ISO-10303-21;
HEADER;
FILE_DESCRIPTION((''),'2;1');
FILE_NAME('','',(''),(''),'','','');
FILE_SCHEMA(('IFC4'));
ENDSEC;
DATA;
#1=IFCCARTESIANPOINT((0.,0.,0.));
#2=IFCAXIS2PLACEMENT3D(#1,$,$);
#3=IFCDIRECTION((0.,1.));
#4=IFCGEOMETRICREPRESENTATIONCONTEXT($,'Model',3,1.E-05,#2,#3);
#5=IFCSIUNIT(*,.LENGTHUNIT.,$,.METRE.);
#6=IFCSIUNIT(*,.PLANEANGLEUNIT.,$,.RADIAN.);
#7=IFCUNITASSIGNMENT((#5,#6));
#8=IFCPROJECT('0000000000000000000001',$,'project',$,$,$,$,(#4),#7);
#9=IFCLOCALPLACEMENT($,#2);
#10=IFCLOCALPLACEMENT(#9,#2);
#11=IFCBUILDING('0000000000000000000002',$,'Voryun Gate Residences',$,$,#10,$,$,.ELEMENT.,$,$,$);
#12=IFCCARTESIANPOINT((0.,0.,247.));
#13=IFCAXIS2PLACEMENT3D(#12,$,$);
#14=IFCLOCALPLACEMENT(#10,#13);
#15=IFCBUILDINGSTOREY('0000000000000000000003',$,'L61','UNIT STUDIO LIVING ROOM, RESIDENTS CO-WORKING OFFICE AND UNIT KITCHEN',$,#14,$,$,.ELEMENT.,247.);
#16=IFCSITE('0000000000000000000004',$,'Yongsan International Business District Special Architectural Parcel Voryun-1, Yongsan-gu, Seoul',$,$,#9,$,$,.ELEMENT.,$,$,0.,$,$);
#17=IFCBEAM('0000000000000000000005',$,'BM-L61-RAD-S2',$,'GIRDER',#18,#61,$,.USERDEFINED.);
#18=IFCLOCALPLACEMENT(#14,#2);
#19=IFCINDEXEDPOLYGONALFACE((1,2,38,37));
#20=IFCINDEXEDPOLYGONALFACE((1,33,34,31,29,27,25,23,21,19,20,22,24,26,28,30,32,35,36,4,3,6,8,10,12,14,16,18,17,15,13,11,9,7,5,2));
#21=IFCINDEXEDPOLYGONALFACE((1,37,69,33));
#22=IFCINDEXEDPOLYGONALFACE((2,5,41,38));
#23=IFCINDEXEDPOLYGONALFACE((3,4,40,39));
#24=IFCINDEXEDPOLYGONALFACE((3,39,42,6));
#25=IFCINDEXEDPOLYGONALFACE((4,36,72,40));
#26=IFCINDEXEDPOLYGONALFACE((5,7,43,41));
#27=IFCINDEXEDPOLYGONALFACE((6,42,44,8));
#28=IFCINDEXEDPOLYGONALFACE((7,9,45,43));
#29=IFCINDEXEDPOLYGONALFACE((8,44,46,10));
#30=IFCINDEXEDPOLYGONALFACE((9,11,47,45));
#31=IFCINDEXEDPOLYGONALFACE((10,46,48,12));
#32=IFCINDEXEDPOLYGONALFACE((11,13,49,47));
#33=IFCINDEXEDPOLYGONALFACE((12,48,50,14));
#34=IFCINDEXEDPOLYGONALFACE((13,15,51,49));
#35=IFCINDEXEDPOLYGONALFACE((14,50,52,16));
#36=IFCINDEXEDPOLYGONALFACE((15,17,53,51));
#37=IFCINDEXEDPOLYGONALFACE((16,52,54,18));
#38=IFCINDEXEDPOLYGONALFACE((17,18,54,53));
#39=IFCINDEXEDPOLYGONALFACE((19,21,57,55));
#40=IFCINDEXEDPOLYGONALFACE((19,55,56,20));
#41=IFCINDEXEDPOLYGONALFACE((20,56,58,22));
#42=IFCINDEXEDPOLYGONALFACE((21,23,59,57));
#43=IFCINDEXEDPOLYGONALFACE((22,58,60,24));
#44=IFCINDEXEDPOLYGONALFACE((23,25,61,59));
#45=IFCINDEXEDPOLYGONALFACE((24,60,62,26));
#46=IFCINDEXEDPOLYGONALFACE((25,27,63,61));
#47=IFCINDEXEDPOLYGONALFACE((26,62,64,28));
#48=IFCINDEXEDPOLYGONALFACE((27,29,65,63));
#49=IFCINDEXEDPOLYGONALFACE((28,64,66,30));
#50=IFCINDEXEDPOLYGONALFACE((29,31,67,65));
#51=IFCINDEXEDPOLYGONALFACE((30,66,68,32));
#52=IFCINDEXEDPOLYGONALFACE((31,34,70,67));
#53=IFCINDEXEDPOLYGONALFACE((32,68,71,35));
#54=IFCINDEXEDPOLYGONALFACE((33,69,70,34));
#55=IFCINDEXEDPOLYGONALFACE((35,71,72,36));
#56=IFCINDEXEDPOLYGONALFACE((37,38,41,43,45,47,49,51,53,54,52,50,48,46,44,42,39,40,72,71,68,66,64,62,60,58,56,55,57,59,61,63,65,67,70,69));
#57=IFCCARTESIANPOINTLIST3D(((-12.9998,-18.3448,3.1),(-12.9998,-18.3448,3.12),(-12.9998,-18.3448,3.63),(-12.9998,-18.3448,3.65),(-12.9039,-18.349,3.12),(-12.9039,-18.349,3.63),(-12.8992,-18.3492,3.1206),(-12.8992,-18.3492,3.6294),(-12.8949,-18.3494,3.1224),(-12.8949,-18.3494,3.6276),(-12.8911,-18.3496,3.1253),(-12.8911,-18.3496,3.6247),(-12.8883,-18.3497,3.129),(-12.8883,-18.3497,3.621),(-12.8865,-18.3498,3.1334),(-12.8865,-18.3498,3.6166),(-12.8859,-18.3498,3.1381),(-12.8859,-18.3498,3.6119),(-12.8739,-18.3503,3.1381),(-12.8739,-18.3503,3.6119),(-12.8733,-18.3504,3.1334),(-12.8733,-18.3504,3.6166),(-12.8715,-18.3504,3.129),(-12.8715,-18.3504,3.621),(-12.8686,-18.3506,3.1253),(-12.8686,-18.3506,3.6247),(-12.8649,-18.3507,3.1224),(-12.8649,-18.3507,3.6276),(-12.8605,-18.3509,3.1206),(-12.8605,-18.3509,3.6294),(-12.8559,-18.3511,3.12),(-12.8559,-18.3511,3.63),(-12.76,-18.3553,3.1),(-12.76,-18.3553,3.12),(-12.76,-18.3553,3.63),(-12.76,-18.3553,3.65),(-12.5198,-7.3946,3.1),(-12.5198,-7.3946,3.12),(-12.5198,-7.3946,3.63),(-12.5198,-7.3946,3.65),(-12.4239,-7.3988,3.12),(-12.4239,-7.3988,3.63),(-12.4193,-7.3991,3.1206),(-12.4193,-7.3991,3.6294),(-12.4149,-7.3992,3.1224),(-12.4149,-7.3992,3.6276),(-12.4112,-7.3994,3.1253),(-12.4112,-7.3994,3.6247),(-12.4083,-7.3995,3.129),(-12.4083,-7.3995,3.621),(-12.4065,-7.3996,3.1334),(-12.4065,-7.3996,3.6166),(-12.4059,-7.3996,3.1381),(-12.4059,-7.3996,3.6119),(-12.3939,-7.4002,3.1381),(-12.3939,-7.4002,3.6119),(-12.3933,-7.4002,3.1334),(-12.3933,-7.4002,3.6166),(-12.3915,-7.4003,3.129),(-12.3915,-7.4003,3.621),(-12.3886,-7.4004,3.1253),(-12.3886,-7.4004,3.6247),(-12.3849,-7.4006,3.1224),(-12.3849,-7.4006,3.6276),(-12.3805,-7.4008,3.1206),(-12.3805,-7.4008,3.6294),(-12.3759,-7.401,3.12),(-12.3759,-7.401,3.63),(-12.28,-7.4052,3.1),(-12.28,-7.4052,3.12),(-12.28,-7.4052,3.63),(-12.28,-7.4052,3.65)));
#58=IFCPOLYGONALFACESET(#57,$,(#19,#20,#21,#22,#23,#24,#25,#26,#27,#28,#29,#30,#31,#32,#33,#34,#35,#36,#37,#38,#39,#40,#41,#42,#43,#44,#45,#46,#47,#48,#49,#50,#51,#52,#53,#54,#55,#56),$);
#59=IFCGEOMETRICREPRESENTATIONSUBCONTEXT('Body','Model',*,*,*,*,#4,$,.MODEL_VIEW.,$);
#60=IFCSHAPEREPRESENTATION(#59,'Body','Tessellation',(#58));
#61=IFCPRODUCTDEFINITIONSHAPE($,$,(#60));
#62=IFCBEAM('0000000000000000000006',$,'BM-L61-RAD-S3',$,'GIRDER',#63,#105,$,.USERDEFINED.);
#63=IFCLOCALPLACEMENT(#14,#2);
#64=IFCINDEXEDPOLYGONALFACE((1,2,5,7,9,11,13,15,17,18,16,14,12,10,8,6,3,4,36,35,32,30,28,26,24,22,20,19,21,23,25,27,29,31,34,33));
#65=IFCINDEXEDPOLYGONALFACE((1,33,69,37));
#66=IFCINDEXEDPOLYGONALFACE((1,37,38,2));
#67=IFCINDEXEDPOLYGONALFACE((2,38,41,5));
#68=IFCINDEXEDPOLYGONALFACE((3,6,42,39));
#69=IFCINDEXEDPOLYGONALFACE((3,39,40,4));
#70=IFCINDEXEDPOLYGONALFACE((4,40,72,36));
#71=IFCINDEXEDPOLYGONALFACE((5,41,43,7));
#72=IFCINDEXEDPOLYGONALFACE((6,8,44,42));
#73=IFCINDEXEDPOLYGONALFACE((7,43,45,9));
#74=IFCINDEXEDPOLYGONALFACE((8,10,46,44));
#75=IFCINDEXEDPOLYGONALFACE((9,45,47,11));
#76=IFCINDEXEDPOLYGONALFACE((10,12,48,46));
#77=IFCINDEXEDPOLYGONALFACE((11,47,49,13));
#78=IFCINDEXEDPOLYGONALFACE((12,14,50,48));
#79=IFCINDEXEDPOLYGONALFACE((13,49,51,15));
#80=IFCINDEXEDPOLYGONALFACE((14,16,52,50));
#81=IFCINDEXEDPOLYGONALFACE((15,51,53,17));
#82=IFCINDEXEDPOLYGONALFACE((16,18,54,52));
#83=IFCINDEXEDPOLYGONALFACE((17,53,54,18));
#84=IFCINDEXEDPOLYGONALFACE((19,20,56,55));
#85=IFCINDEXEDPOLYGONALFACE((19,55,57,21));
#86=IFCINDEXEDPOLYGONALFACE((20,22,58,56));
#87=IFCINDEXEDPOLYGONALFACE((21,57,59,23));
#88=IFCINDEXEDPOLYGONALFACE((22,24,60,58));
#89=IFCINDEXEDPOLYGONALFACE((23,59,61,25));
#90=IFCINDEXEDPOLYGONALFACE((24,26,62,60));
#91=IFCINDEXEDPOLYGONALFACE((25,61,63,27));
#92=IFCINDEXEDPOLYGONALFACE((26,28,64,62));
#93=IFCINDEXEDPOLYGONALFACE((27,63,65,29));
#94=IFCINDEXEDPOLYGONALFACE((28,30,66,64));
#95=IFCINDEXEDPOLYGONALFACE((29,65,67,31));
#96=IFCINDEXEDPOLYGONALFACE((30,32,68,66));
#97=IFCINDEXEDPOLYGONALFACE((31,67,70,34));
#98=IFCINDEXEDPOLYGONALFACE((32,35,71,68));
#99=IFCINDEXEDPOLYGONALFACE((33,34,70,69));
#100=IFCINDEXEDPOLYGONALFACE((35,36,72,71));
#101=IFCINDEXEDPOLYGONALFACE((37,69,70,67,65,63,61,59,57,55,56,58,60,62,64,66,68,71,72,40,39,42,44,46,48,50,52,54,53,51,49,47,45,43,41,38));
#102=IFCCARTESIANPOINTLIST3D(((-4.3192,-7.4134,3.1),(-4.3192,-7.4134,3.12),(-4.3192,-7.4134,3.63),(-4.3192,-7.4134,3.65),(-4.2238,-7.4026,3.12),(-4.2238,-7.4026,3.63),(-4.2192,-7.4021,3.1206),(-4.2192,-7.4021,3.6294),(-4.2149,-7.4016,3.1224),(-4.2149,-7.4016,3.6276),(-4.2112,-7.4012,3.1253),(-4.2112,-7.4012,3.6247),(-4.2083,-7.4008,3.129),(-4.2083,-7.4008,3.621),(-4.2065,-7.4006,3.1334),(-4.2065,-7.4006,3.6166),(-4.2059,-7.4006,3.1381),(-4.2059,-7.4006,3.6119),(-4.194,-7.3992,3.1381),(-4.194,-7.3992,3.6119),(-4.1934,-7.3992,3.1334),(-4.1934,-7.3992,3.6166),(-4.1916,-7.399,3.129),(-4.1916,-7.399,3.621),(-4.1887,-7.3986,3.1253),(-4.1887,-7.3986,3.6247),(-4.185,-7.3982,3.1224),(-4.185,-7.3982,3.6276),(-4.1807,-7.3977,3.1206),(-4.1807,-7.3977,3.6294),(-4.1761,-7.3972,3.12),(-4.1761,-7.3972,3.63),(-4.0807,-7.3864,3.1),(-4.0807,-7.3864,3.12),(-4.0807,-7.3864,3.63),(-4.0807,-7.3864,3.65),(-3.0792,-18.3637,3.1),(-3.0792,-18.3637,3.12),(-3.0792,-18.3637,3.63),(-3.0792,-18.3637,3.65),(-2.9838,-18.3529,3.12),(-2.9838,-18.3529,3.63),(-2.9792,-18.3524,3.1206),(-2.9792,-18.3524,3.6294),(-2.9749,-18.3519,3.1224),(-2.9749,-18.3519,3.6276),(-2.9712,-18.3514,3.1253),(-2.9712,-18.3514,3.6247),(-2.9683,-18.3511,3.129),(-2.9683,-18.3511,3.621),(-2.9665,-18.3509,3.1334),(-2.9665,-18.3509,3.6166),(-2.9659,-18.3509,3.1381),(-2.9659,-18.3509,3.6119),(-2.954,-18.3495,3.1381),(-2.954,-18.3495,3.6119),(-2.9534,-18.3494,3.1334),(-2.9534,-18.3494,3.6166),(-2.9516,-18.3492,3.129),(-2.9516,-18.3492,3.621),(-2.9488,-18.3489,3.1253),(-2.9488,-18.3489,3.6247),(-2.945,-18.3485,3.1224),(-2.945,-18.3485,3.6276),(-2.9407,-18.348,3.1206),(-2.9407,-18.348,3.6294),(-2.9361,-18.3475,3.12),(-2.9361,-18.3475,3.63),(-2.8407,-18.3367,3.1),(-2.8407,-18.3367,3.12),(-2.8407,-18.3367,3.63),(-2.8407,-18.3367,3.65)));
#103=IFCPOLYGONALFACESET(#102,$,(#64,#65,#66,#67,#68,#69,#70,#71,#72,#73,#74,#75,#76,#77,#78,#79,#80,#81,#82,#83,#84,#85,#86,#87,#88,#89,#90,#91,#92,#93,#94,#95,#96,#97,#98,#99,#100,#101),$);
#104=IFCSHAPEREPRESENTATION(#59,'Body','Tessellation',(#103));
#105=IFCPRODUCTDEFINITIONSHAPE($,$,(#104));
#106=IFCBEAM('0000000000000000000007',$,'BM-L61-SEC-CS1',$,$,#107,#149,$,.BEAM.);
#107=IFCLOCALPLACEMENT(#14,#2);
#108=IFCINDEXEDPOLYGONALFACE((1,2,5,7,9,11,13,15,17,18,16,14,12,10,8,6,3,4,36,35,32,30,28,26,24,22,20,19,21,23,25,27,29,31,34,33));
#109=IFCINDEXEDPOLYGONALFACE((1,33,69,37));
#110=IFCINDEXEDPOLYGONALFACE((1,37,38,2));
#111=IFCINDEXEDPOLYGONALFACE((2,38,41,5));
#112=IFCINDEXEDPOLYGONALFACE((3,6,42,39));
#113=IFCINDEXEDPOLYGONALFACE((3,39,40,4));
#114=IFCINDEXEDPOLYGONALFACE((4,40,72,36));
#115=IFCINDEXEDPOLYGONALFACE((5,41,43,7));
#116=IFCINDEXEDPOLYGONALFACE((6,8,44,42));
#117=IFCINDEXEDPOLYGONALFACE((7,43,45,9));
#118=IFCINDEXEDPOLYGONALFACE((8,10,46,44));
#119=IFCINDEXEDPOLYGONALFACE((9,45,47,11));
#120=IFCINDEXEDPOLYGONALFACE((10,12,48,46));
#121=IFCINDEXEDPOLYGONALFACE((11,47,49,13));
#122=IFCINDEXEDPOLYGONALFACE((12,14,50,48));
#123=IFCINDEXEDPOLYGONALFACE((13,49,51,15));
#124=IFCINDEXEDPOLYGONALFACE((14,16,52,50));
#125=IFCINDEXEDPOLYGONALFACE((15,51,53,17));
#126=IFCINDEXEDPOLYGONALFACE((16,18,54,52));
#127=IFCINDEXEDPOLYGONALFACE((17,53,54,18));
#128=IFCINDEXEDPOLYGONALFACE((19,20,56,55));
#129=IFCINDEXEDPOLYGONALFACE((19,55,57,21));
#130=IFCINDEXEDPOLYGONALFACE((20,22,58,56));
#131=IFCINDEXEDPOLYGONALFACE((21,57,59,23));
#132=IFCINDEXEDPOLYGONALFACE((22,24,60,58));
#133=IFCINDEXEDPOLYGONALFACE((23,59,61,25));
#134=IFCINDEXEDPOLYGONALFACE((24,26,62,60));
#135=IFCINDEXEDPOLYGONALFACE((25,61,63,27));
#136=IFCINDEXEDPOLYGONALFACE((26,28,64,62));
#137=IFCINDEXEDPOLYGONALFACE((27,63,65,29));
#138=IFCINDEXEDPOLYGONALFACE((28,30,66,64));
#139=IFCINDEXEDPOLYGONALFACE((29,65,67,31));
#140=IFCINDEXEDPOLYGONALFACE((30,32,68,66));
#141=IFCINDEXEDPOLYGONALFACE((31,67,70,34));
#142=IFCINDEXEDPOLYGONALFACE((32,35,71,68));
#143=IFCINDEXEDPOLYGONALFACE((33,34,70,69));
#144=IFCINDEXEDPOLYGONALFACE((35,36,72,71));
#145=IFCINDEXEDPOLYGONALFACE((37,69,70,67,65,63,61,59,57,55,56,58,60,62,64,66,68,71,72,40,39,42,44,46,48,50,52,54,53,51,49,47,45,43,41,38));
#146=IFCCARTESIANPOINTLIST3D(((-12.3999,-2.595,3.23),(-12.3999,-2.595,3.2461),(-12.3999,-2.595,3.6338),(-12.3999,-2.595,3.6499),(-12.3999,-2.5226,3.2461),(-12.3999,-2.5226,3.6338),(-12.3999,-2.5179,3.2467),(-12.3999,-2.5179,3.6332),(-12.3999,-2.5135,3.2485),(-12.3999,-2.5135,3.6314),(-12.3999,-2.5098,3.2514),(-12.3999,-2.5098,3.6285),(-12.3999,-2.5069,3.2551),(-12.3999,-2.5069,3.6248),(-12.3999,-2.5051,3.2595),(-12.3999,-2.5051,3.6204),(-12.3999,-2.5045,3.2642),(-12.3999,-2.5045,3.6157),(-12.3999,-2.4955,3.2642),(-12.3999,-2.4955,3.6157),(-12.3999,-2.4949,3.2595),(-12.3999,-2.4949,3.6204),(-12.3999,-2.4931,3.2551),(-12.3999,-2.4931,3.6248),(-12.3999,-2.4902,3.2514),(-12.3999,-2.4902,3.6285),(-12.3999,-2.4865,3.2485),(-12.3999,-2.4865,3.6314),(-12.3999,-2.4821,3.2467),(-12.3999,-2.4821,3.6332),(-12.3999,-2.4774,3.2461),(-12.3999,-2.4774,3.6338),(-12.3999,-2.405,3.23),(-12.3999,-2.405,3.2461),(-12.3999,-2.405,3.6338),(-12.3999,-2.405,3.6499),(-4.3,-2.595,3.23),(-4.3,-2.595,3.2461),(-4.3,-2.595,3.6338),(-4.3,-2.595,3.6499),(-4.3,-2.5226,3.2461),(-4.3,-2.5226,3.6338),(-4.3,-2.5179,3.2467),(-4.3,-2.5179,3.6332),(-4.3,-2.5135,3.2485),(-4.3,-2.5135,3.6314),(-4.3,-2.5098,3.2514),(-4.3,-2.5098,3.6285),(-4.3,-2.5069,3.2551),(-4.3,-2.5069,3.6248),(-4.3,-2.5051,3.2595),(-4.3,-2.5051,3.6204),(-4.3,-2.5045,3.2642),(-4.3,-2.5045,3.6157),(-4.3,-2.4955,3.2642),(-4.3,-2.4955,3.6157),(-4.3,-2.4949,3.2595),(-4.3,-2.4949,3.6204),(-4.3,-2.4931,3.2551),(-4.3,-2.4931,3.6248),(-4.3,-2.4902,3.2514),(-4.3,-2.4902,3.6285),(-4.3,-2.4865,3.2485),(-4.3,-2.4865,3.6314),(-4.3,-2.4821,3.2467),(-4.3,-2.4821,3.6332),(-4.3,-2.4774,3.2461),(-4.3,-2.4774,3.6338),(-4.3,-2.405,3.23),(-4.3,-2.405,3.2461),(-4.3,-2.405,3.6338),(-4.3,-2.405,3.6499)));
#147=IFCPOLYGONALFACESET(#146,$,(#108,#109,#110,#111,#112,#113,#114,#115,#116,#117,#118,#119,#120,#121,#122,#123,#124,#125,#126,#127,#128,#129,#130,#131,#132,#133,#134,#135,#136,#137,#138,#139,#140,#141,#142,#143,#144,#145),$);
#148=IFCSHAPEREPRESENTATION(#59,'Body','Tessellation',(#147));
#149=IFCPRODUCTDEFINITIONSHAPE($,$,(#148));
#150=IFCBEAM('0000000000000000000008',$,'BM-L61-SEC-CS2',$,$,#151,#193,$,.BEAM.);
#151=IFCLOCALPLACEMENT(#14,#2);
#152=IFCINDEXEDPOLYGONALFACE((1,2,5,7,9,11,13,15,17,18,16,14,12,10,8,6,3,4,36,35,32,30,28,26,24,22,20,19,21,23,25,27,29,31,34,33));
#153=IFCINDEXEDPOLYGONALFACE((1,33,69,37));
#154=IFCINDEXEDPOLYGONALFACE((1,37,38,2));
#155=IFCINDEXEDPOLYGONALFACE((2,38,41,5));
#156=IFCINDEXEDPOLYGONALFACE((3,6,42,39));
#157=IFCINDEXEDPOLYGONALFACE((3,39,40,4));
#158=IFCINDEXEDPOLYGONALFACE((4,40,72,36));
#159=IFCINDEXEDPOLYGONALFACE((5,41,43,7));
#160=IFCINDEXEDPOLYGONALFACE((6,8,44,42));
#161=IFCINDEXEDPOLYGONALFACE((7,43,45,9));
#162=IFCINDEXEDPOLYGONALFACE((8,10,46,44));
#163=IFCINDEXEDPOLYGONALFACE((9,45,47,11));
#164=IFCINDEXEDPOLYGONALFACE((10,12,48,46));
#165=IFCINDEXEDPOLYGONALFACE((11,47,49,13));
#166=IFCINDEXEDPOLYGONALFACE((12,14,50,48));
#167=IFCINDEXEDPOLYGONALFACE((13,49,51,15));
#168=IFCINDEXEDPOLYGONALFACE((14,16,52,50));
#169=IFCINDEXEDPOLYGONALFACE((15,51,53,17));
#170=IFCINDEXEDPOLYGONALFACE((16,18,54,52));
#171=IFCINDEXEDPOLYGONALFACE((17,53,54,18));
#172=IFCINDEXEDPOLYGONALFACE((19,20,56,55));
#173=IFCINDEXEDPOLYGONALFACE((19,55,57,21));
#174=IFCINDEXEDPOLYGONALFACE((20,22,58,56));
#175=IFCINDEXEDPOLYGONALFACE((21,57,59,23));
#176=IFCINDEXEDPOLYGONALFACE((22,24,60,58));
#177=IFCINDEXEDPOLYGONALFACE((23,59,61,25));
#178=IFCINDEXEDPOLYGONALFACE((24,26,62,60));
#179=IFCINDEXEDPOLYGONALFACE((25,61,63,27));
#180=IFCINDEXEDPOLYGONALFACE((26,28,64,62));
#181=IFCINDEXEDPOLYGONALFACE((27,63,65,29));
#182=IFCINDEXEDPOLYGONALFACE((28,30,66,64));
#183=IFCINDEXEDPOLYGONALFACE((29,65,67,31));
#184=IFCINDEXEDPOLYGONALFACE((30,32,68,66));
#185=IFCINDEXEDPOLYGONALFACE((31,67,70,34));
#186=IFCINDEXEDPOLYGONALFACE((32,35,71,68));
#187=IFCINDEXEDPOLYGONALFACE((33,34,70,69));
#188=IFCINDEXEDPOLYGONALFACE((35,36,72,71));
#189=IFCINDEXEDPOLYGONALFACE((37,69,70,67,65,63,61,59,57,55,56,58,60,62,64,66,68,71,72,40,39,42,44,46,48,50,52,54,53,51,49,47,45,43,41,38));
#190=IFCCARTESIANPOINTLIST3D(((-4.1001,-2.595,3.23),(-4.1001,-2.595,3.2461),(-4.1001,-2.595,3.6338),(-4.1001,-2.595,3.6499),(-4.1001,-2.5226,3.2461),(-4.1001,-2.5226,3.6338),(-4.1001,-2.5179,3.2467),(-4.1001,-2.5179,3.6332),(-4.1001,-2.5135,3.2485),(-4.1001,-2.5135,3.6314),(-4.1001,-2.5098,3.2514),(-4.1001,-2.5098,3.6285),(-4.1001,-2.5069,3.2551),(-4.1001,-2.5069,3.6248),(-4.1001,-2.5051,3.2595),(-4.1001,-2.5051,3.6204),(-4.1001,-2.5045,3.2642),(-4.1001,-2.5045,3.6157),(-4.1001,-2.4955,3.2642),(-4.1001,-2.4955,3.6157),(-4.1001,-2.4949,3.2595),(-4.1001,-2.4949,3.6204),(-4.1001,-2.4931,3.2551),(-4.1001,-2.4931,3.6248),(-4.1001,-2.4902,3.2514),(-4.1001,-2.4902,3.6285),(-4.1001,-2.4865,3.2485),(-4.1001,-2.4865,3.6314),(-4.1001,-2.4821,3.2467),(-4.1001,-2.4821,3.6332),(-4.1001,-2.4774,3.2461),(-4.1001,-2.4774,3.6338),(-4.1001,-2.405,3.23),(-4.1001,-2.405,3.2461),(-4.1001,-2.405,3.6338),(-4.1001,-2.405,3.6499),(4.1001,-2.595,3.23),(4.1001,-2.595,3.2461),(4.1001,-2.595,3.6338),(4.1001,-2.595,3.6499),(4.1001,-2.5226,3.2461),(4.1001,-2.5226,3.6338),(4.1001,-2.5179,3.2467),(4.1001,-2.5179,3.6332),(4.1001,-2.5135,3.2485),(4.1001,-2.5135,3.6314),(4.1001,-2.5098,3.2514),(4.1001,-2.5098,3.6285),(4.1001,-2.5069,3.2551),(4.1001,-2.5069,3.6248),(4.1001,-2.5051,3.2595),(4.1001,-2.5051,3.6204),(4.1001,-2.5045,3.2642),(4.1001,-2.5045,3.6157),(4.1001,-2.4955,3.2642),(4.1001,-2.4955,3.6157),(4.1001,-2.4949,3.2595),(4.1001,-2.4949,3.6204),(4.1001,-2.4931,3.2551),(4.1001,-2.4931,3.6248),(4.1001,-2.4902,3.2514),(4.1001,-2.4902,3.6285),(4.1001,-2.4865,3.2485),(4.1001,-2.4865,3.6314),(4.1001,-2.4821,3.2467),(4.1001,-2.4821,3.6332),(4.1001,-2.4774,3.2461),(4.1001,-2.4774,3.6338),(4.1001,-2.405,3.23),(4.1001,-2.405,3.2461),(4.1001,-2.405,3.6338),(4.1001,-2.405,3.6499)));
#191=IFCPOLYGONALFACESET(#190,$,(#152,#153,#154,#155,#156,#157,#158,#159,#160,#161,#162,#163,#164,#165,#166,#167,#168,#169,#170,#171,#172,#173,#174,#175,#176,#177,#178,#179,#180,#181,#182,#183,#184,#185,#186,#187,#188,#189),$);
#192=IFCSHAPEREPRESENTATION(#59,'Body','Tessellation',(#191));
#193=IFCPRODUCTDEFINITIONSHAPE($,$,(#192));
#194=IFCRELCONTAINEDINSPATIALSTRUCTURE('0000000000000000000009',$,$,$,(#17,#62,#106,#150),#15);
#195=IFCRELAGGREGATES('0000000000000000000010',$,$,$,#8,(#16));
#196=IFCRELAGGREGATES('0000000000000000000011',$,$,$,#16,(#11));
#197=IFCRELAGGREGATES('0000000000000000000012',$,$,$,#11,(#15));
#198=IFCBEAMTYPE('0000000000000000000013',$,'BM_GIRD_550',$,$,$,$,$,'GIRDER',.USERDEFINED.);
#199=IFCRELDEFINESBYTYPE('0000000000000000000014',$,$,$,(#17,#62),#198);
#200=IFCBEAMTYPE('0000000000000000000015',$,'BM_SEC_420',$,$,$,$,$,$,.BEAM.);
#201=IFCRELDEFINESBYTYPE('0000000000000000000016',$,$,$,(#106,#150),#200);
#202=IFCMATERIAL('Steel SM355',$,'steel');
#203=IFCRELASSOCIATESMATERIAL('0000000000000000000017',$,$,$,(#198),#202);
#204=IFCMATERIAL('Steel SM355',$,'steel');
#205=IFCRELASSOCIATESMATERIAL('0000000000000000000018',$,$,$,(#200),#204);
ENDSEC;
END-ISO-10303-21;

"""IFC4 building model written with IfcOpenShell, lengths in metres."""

from ifc_helpers import new_model, si_unit, direction, frame, origin, origin_2d, place, context, subcontext, project, spatial, i_section, extrude, material, material_profile, profile_set, type_object, element, save


model = new_model("IFC4")

# Units and contexts
model_context = context("Model", 3, precision=1e-05, world=origin(), true_north=direction((0.0, 1.0)))
body_context = subcontext(model_context, "Body", "Model", "MODEL_VIEW")
ifc_project = project(units=[si_unit("LENGTHUNIT", "METRE"), si_unit("PLANEANGLEUNIT", "RADIAN")], contexts=[model_context])

# Site, building, storey
site_placement = place(None, origin())
site = spatial("IfcSite", under=ifc_project, at=site_placement, Name="Yongsan International Business District Special Architectural Parcel Voryun-1, Yongsan-gu, Seoul", CompositionType="ELEMENT", RefElevation=0.0)
building_placement = place(site_placement, origin())
building = spatial("IfcBuilding", under=site, at=building_placement, Name="Voryun Gate Residences", CompositionType="ELEMENT")
storey_placement = place(building_placement, frame((0.0, 0.0, 247.0)))
storey = spatial("IfcBuildingStorey", under=building, at=storey_placement, Name="L61", Description="UNIT STUDIO LIVING ROOM, RESIDENTS CO-WORKING OFFICE AND UNIT KITCHEN", CompositionType="ELEMENT", Elevation=247.0)

# Beams
ifc_material_1 = material(Name="Steel SM355", Category="steel")
ifc_material_profile_1 = material_profile(ifc_material_1, i_section(OverallWidth=0.24, OverallDepth=0.55, WebThickness=0.012, FlangeThickness=0.02, FilletRadius=0.0181, at=origin_2d()), Name="H-550x240x12x20")
ifc_profile_set_1 = profile_set([ifc_material_profile_1], Name="Steel SM355")
beam_type_1 = type_object("IfcBeamType", Name="BM_GIRD_550", ElementType="GIRDER", PredefinedType="USERDEFINED", material=ifc_profile_set_1)
beam_1_placement = place(storey_placement, frame((-12.3999, -7.3999, 3.375), z_axis=(-0.043791, -0.999041, 0.0), x_axis=(0.999041, -0.043791, 0.0)))
element("IfcBeam", 1, at=beam_1_placement, inside=storey, type_object=beam_type_1, Name="BM-L61-RAD-S2", ObjectType="GIRDER", PredefinedType="USERDEFINED", context=body_context, shape_type="SweptSolid", body=[
    extrude(i_section(OverallWidth=0.24, OverallDepth=0.55, WebThickness=0.012, FlangeThickness=0.02, FilletRadius=0.0181, at=origin_2d()), origin(), (0.0, 0.0, 1.0), 10.9607),
])
beam_2_placement = place(storey_placement, frame((-4.2, -7.3999, 3.375), z_axis=(0.11252, -0.993649, 0.0), x_axis=(0.993649, 0.11252, 0.0)))
element("IfcBeam", 2, at=beam_2_placement, inside=storey, type_object=beam_type_1, Name="BM-L61-RAD-S3", ObjectType="GIRDER", PredefinedType="USERDEFINED", context=body_context, shape_type="SweptSolid", body=[
    extrude(i_section(OverallWidth=0.24, OverallDepth=0.55, WebThickness=0.012, FlangeThickness=0.02, FilletRadius=0.0181, at=origin_2d()), origin(), (0.0, 0.0, 1.0), 11.0203),
])
ifc_material_2 = material(Name="Steel SM355", Category="steel")
ifc_material_profile_2 = material_profile(ifc_material_2, i_section(OverallWidth=0.1899, OverallDepth=0.4199, WebThickness=0.009, FlangeThickness=0.0161, FilletRadius=0.0181, at=origin_2d()), Name="H-420x190x9x16")
ifc_profile_set_2 = profile_set([ifc_material_profile_2], Name="Steel SM355")
beam_type_2 = type_object("IfcBeamType", Name="BM_SEC_420", PredefinedType="BEAM", material=ifc_profile_set_2)
beam_3_placement = place(storey_placement, frame((-12.3999, -2.5, 3.4399), z_axis=(1.0, 0.0, 0.0), x_axis=(0.0, 1.0, 0.0)))
element("IfcBeam", 3, at=beam_3_placement, inside=storey, type_object=beam_type_2, Name="BM-L61-SEC-CS1", PredefinedType="BEAM", context=body_context, shape_type="SweptSolid", body=[
    extrude(i_section(OverallWidth=0.1899, OverallDepth=0.4199, WebThickness=0.009, FlangeThickness=0.0161, FilletRadius=0.0181, at=origin_2d()), origin(), (0.0, 0.0, 1.0), 8.0999),
])
beam_4_placement = place(storey_placement, frame((-4.1001, -2.5, 3.4399), z_axis=(1.0, 0.0, 0.0), x_axis=(0.0, 1.0, 0.0)))
element("IfcBeam", 4, at=beam_4_placement, inside=storey, type_object=beam_type_2, Name="BM-L61-SEC-CS2", PredefinedType="BEAM", context=body_context, shape_type="SweptSolid", body=[
    extrude(i_section(OverallWidth=0.1899, OverallDepth=0.4199, WebThickness=0.009, FlangeThickness=0.0161, FilletRadius=0.0181, at=origin_2d()), origin(), (0.0, 0.0, 1.0), 8.2002),
])

save(model, "model.ifc")
